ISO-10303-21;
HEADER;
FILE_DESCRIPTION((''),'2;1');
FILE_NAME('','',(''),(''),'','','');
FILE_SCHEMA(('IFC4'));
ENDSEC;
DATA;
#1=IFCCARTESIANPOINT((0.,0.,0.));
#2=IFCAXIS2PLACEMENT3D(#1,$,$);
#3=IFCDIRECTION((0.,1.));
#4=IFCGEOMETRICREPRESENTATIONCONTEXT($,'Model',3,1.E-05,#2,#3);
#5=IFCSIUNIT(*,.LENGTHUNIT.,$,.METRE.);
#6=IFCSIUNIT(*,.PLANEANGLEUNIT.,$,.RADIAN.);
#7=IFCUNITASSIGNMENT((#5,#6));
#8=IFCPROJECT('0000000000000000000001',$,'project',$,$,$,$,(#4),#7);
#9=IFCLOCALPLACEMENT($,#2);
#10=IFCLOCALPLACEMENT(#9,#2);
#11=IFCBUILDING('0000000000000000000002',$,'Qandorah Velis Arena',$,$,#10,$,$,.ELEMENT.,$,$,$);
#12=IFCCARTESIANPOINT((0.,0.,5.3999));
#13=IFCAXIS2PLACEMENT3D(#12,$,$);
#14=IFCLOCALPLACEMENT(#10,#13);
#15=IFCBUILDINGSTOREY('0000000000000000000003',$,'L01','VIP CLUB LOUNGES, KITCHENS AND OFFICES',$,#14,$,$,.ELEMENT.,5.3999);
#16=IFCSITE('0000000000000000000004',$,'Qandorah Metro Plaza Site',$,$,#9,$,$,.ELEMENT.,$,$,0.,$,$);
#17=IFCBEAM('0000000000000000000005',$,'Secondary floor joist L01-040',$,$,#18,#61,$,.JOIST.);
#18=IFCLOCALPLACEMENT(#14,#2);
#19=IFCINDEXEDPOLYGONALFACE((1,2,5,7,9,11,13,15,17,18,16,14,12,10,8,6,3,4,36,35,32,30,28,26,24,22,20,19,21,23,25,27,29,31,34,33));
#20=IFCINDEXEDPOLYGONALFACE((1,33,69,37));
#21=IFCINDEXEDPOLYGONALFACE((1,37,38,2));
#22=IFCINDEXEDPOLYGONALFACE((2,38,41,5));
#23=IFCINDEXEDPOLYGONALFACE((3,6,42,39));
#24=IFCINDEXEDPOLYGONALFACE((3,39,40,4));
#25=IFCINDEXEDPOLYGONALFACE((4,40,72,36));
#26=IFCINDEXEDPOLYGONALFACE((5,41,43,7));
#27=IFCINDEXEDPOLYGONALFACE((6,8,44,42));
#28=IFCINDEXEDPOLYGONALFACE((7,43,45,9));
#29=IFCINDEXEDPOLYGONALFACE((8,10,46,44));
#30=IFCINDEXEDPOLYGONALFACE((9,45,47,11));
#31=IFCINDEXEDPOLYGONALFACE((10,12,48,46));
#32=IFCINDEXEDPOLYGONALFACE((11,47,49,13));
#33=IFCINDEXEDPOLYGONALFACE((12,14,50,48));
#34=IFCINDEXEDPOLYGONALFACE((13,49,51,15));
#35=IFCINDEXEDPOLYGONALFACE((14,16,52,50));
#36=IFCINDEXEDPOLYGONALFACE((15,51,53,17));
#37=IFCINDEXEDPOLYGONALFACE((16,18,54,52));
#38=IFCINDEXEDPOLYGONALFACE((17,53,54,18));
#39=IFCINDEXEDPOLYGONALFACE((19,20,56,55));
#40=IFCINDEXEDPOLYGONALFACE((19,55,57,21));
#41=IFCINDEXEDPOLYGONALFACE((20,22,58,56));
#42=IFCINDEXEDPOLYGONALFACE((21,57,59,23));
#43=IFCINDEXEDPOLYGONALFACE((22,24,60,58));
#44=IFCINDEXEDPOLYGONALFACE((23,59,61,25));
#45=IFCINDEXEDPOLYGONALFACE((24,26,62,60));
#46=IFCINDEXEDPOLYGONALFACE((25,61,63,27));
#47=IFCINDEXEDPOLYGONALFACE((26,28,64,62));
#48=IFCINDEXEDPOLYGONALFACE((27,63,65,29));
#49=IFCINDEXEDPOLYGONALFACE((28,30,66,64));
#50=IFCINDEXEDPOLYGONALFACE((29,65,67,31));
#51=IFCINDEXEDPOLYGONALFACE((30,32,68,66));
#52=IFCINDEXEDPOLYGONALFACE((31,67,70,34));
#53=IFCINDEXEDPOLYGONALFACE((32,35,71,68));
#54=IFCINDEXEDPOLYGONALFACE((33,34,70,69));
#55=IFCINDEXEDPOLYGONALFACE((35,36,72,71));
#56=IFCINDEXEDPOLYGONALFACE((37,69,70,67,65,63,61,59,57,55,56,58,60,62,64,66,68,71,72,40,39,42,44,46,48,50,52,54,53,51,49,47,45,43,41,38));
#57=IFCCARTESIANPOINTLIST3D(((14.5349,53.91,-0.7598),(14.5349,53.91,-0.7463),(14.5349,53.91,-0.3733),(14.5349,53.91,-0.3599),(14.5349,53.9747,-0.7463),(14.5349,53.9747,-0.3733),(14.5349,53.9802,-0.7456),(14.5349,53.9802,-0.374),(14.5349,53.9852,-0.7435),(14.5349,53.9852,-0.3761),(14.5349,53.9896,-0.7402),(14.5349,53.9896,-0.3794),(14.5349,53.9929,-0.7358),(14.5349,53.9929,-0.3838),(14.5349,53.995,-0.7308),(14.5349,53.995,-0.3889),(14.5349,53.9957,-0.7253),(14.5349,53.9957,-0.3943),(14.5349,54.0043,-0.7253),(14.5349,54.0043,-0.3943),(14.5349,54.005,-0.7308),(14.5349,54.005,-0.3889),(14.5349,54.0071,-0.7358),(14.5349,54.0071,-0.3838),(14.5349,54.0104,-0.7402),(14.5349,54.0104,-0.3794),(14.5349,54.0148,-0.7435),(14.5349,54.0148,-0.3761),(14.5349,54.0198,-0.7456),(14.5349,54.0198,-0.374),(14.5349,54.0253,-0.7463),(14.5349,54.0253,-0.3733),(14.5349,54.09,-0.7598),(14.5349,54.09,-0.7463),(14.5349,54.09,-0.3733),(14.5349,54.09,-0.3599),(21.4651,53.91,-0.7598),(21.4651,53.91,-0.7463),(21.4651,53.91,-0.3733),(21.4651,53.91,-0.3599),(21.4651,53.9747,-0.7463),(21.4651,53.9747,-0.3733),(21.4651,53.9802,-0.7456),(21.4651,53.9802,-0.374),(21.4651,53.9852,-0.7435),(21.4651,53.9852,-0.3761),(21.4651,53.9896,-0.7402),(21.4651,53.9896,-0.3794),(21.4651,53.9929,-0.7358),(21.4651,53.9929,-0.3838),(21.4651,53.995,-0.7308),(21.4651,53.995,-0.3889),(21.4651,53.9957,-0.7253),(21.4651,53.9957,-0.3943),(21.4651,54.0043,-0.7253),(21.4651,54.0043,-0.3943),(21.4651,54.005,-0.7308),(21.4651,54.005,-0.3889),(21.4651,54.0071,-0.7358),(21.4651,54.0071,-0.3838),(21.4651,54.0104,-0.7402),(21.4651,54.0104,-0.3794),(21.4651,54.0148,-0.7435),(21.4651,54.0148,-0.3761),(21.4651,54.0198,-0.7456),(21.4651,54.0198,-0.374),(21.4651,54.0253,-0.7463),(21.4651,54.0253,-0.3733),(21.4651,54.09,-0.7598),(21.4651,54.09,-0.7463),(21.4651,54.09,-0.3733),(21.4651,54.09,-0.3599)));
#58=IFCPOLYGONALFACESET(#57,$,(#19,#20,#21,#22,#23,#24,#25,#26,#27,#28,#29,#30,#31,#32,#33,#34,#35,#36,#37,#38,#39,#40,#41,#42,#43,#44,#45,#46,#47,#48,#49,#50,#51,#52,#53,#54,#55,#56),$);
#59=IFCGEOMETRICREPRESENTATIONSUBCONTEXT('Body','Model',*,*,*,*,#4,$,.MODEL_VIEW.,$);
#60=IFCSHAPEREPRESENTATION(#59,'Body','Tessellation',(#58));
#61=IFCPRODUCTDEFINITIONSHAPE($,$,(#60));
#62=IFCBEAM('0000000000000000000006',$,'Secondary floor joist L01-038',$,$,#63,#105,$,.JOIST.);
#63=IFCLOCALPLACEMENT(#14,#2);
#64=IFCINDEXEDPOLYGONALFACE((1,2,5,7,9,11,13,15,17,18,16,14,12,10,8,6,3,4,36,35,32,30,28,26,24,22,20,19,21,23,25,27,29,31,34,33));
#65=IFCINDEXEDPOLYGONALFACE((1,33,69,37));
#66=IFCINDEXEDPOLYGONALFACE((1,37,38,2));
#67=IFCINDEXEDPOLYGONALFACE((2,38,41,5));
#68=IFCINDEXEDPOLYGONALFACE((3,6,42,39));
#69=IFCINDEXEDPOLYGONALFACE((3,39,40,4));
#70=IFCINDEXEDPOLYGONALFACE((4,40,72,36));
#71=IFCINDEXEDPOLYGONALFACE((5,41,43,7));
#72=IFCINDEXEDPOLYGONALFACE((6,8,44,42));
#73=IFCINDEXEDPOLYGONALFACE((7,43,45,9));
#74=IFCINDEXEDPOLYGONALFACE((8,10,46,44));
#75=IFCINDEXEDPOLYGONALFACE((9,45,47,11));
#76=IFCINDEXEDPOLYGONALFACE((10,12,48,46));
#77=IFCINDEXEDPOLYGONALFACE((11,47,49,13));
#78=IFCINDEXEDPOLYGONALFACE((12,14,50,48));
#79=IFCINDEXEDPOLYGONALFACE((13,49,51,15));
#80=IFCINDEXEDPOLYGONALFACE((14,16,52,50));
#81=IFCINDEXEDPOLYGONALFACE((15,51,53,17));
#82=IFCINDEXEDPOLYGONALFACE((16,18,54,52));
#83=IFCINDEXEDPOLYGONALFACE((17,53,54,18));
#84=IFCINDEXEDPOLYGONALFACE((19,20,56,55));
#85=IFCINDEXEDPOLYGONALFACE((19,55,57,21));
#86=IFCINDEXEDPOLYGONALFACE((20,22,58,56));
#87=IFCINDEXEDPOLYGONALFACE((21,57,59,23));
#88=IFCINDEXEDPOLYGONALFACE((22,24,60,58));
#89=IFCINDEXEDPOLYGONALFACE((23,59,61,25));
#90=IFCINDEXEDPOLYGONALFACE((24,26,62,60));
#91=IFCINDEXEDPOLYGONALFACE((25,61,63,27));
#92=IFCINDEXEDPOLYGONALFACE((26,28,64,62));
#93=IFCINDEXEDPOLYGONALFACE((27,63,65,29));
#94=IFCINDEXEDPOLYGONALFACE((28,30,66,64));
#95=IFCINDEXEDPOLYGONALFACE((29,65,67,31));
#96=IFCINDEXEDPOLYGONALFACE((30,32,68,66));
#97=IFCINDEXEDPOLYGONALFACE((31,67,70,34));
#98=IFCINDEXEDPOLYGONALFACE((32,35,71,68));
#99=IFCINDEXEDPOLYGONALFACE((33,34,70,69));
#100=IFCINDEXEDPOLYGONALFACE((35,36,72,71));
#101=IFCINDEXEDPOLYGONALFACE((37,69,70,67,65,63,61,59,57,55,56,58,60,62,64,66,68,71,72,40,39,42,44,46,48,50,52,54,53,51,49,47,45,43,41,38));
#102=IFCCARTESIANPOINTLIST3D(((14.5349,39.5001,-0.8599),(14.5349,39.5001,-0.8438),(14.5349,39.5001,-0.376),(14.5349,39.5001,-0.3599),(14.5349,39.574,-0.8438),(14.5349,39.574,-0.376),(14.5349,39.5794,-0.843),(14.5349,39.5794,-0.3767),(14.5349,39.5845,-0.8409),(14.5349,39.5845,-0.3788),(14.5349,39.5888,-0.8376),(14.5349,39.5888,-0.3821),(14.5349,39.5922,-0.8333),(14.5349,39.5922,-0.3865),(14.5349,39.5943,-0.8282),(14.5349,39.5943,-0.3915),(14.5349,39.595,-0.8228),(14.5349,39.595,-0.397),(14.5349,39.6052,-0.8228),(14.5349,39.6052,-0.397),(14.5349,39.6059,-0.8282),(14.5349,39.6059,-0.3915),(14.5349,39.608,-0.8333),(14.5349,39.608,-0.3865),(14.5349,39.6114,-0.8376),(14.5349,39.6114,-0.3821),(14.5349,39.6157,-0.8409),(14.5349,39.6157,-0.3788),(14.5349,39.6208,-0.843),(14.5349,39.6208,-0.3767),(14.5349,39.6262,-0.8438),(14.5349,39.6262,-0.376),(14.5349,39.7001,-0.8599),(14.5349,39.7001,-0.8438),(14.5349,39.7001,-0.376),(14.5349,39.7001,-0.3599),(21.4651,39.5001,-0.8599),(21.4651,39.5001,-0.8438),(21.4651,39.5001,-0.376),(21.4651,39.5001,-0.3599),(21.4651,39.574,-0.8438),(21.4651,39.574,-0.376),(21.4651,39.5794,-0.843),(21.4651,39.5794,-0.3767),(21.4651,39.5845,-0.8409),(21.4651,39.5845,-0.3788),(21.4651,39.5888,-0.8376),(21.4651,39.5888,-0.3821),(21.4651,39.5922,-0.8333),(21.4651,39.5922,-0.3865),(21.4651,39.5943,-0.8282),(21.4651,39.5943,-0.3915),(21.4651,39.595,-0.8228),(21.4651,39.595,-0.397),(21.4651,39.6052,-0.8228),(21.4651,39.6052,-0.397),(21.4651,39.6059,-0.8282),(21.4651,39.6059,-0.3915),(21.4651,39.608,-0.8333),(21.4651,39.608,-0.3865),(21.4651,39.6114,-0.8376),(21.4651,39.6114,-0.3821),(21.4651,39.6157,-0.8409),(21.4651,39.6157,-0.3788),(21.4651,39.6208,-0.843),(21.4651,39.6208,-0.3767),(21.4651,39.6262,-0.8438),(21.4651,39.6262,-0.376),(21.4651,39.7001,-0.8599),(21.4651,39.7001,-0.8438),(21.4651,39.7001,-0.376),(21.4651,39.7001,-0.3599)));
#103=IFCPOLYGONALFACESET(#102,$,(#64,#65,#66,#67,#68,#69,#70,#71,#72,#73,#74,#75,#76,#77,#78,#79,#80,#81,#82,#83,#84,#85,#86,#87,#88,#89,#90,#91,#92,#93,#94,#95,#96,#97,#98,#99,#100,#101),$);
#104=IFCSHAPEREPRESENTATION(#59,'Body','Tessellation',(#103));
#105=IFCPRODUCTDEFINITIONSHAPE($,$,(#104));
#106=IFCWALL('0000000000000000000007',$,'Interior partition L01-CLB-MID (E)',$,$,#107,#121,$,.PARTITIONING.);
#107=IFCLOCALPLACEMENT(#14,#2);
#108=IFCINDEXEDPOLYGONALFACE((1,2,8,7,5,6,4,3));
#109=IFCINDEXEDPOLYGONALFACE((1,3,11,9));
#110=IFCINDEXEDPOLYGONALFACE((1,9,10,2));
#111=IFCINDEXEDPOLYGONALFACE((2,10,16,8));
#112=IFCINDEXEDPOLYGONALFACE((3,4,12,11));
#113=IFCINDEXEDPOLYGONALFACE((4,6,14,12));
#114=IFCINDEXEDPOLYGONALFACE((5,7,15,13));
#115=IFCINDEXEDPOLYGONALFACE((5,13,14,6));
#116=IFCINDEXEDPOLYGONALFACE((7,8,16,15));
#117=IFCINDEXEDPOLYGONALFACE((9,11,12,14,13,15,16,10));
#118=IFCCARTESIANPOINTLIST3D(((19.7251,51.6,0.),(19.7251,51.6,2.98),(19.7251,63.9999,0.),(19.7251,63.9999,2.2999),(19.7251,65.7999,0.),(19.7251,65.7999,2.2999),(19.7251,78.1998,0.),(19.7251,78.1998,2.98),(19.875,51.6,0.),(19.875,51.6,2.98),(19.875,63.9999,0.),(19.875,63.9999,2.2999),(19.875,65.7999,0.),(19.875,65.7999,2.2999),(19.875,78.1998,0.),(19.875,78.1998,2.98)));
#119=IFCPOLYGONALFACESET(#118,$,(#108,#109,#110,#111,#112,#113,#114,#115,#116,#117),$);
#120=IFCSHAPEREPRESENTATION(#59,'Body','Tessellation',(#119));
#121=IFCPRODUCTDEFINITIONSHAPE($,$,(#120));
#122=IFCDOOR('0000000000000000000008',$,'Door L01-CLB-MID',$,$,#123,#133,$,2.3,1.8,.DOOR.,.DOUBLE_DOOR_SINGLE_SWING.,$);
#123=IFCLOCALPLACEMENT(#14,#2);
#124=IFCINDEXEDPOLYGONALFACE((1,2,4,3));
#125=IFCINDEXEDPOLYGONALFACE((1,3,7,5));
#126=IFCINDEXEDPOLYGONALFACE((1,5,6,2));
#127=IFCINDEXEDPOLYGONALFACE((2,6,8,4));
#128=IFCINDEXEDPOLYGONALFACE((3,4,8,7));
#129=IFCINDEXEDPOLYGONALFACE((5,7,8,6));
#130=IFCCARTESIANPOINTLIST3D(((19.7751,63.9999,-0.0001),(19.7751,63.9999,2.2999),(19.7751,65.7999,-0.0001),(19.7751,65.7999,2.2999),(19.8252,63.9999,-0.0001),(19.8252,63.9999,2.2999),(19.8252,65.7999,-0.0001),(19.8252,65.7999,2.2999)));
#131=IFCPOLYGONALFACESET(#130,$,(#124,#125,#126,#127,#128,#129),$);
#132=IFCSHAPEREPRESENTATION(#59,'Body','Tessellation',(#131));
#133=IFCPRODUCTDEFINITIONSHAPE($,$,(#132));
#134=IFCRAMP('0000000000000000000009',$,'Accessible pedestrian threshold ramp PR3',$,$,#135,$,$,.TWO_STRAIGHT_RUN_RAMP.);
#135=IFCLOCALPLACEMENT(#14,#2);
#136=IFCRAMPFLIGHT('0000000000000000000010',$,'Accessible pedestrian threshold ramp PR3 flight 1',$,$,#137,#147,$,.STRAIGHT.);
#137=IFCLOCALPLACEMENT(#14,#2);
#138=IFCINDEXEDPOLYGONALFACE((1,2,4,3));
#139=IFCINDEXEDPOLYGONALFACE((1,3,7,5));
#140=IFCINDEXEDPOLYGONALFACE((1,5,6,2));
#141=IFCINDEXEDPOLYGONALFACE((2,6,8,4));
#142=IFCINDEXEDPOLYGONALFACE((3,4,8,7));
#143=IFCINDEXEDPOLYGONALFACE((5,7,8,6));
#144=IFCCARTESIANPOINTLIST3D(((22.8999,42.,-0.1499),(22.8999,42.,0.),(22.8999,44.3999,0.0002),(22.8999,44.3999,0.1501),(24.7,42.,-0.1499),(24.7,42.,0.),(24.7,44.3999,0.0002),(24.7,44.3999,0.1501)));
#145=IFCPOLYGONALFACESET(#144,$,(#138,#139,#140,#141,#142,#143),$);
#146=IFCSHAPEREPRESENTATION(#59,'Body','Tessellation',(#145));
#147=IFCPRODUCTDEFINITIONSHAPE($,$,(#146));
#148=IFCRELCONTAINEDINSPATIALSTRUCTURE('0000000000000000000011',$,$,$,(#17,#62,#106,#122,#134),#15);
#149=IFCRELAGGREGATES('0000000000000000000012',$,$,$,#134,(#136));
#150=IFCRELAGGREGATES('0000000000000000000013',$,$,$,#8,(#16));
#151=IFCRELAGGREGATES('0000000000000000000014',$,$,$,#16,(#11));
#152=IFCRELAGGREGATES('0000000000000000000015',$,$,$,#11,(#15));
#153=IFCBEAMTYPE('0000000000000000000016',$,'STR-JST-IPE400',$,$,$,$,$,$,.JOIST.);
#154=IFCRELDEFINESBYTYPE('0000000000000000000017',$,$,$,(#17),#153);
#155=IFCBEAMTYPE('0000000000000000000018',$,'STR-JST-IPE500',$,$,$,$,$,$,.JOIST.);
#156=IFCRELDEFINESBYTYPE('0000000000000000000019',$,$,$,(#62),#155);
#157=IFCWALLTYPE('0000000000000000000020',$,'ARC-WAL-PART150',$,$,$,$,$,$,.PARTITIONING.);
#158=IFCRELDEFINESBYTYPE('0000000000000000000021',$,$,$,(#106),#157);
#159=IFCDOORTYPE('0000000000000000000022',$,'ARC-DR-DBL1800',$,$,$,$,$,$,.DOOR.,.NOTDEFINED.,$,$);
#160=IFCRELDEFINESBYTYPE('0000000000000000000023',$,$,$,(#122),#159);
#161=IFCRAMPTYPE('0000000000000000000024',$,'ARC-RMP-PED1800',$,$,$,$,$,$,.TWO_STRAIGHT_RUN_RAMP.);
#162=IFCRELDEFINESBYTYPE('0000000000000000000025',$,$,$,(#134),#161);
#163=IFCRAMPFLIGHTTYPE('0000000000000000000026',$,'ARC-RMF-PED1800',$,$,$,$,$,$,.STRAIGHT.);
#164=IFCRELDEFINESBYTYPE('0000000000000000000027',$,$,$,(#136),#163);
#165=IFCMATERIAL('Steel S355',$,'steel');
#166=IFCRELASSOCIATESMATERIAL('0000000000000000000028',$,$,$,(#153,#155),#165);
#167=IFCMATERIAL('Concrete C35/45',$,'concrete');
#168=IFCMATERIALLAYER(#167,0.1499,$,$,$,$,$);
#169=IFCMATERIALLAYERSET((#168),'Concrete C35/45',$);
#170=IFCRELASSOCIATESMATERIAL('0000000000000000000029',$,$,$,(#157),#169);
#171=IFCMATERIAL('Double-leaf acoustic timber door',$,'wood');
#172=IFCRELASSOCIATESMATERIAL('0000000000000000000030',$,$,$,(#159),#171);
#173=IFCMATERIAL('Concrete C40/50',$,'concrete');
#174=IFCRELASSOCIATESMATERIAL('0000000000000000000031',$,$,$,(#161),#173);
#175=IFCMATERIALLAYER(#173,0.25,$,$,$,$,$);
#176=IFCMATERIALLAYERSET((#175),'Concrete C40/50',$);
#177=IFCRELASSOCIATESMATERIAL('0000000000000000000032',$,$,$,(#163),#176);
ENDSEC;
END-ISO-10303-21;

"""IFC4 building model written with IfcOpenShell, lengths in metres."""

from ifc_helpers import new_model, si_unit, direction, frame, frame_2d, origin, origin_2d, place, context, subcontext, project, spatial, polyline, rectangle, i_section, outline, extrude, material, layer, layer_set, material_profile, profile_set, type_object, element, fill, aggregate, save


model = new_model("IFC4")

# Units and contexts
model_context = context("Model", 3, precision=1e-05, world=origin(), true_north=direction((0.0, 1.0)))
body_context = subcontext(model_context, "Body", "Model", "MODEL_VIEW")
ifc_project = project(units=[si_unit("LENGTHUNIT", "METRE"), si_unit("PLANEANGLEUNIT", "RADIAN")], contexts=[model_context])

# Site, building, storey
site_placement = place(None, origin())
site = spatial("IfcSite", under=ifc_project, at=site_placement, Name="Qandorah Metro Plaza Site", CompositionType="ELEMENT", RefElevation=0.0)
building_placement = place(site_placement, origin())
building = spatial("IfcBuilding", under=site, at=building_placement, Name="Qandorah Velis Arena", CompositionType="ELEMENT")
storey_placement = place(building_placement, frame((0.0, 0.0, 5.3999)))
storey = spatial("IfcBuildingStorey", under=building, at=storey_placement, Name="L01", Description="VIP CLUB LOUNGES, KITCHENS AND OFFICES", CompositionType="ELEMENT", Elevation=5.3999)

# Shared definitions
ifc_material_1 = material(Name="Concrete C40/50", Category="concrete")

# Beams
ifc_material_2 = material(Name="Steel S355", Category="steel")
ifc_material_profile_1 = material_profile(ifc_material_2, i_section(OverallWidth=0.1799, OverallDepth=0.3999, WebThickness=0.0085, FlangeThickness=0.0134, FilletRadius=0.021, at=origin_2d()), Name="IPE 400")
ifc_profile_set_1 = profile_set([ifc_material_profile_1], Name="Steel S355")
beam_type_1 = type_object("IfcBeamType", Name="STR-JST-IPE400", PredefinedType="JOIST", material=ifc_profile_set_1)
for number, where, z_axis, x_axis, name in (
    (1, (14.5349, 54.0, -0.5598), (1.0, 0.0, 0.0), (0.0, 1.0, 0.0), "Secondary floor joist L01-040"),
):
    element("IfcBeam", number, at=place(storey_placement, frame(where, z_axis=z_axis, x_axis=x_axis)), inside=storey, type_object=beam_type_1, Name=name, PredefinedType="JOIST", context=body_context, shape_type="SweptSolid", body=[
        extrude(i_section(OverallWidth=0.1799, OverallDepth=0.3999, WebThickness=0.0085, FlangeThickness=0.0134, FilletRadius=0.021, at=origin_2d()), origin(), (0.0, 0.0, 1.0), 6.9302),
    ])
ifc_material_profile_2 = material_profile(ifc_material_2, i_section(OverallWidth=0.2, OverallDepth=0.5, WebThickness=0.0103, FlangeThickness=0.0161, FilletRadius=0.021, at=origin_2d()), Name="IPE 500")
ifc_profile_set_2 = profile_set([ifc_material_profile_2], Name="Steel S355")
beam_type_2 = type_object("IfcBeamType", Name="STR-JST-IPE500", PredefinedType="JOIST", material=ifc_profile_set_2)
beam_1_placement = place(storey_placement, frame((14.5349, 39.6001, -0.6099), z_axis=(1.0, 0.0, 0.0), x_axis=(0.0, 1.0, 0.0)))
element("IfcBeam", 2, at=beam_1_placement, inside=storey, type_object=beam_type_2, Name="Secondary floor joist L01-038", PredefinedType="JOIST", context=body_context, shape_type="SweptSolid", body=[
    extrude(i_section(OverallWidth=0.2, OverallDepth=0.5, WebThickness=0.0103, FlangeThickness=0.0161, FilletRadius=0.021, at=origin_2d()), origin(), (0.0, 0.0, 1.0), 6.9302),
])

# Wall, opening, door
ifc_material_3 = material(Name="Concrete C35/45", Category="concrete")
ifc_layer_1 = layer(ifc_material_3, 0.1499)
ifc_layer_set_1 = layer_set([ifc_layer_1], Name="Concrete C35/45")
wall_type = type_object("IfcWallType", Name="ARC-WAL-PART150", PredefinedType="PARTITIONING", material=ifc_layer_set_1)
wall_placement = place(storey_placement, frame((19.8, 51.6001, 0.0), z_axis=(0.0, 0.0, 1.0), x_axis=(0.0, 1.0, 0.0)))
wall = element("IfcWall", 3, at=wall_placement, inside=storey, type_object=wall_type, Name="Interior partition L01-CLB-MID (E)", PredefinedType="PARTITIONING", context=body_context, shape_type="SweptSolid", body=[
    extrude(rectangle(XDim=26.5999, YDim=0.1499, at=frame_2d((13.2998, 0.0))), origin(), (0.0, 0.0, 1.0), 2.98),
])
opening_placement = place(wall_placement, frame((12.3999, 0.0, 0.0)))
opening = element("IfcOpeningElement", 4, at=opening_placement, cuts=wall, PredefinedType="OPENING", context=body_context, shape_type="SweptSolid", body=[
    extrude(rectangle(XDim=1.8, YDim=2.3, at=frame_2d((0.8999, 1.1499))), frame((0.0, 0.085, 0.0), z_axis=(0.0, -1.0, 0.0), x_axis=(1.0, 0.0, 0.0)), (0.0, 0.0, 1.0), 0.1699),
])
ifc_material_4 = material(Name="Double-leaf acoustic timber door", Category="wood")
door_type = type_object("IfcDoorType", Name="ARC-DR-DBL1800", OperationType="NOTDEFINED", PredefinedType="DOOR", material=ifc_material_4)
door_placement = place(opening_placement, origin())
door = element("IfcDoor", 5, at=door_placement, inside=storey, type_object=door_type, Name="Door L01-CLB-MID", OperationType="DOUBLE_DOOR_SINGLE_SWING", OverallHeight=2.3, OverallWidth=1.8, PredefinedType="DOOR", context=body_context, shape_type="SweptSolid", body=[
    extrude(rectangle(XDim=1.8, YDim=2.3, at=frame_2d((0.8999, 1.1499))), frame((0.0, 0.0249, 0.0), z_axis=(0.0, -1.0, 0.0), x_axis=(1.0, 0.0, 0.0)), (0.0, 0.0, 1.0), 0.05),
])
fill(opening, door)

# Ramp, ramp flight
ramp_type = type_object("IfcRampType", Name="ARC-RMP-PED1800", PredefinedType="TWO_STRAIGHT_RUN_RAMP", material=ifc_material_1)
ramp_placement = place(storey_placement, origin())
ramp = element("IfcRamp", 6, at=ramp_placement, inside=storey, type_object=ramp_type, Name="Accessible pedestrian threshold ramp PR3", PredefinedType="TWO_STRAIGHT_RUN_RAMP")
ifc_layer_2 = layer(ifc_material_1, 0.25)
ifc_layer_set_2 = layer_set([ifc_layer_2], Name="Concrete C40/50")
ramp_flight_type = type_object("IfcRampFlightType", Name="ARC-RMF-PED1800", PredefinedType="STRAIGHT", material=ifc_layer_set_2)
ramp_flight_placement = place(storey_placement, frame((23.7998, 42.0, 0.0), z_axis=(0.0, 0.0, 1.0), x_axis=(0.0, 1.0, 0.0)))
ramp_flight = element("IfcRampFlight", 7, at=ramp_flight_placement, type_object=ramp_flight_type, Name="Accessible pedestrian threshold ramp PR3 flight 1", PredefinedType="STRAIGHT", context=body_context, shape_type="SweptSolid", body=[
    extrude(outline(polyline([(0.0, 0.0), (2.3999, 0.1501), (2.3999, 0.0002), (0.0, -0.1499), (0.0, 0.0)])), frame((0.0, 0.8999, 0.0), z_axis=(0.0, -1.0, 0.0), x_axis=(1.0, 0.0, 0.0)), (0.0, 0.0, 1.0), 1.8),
])
aggregate(ramp, [ramp_flight])

save(model, "model.ifc")
